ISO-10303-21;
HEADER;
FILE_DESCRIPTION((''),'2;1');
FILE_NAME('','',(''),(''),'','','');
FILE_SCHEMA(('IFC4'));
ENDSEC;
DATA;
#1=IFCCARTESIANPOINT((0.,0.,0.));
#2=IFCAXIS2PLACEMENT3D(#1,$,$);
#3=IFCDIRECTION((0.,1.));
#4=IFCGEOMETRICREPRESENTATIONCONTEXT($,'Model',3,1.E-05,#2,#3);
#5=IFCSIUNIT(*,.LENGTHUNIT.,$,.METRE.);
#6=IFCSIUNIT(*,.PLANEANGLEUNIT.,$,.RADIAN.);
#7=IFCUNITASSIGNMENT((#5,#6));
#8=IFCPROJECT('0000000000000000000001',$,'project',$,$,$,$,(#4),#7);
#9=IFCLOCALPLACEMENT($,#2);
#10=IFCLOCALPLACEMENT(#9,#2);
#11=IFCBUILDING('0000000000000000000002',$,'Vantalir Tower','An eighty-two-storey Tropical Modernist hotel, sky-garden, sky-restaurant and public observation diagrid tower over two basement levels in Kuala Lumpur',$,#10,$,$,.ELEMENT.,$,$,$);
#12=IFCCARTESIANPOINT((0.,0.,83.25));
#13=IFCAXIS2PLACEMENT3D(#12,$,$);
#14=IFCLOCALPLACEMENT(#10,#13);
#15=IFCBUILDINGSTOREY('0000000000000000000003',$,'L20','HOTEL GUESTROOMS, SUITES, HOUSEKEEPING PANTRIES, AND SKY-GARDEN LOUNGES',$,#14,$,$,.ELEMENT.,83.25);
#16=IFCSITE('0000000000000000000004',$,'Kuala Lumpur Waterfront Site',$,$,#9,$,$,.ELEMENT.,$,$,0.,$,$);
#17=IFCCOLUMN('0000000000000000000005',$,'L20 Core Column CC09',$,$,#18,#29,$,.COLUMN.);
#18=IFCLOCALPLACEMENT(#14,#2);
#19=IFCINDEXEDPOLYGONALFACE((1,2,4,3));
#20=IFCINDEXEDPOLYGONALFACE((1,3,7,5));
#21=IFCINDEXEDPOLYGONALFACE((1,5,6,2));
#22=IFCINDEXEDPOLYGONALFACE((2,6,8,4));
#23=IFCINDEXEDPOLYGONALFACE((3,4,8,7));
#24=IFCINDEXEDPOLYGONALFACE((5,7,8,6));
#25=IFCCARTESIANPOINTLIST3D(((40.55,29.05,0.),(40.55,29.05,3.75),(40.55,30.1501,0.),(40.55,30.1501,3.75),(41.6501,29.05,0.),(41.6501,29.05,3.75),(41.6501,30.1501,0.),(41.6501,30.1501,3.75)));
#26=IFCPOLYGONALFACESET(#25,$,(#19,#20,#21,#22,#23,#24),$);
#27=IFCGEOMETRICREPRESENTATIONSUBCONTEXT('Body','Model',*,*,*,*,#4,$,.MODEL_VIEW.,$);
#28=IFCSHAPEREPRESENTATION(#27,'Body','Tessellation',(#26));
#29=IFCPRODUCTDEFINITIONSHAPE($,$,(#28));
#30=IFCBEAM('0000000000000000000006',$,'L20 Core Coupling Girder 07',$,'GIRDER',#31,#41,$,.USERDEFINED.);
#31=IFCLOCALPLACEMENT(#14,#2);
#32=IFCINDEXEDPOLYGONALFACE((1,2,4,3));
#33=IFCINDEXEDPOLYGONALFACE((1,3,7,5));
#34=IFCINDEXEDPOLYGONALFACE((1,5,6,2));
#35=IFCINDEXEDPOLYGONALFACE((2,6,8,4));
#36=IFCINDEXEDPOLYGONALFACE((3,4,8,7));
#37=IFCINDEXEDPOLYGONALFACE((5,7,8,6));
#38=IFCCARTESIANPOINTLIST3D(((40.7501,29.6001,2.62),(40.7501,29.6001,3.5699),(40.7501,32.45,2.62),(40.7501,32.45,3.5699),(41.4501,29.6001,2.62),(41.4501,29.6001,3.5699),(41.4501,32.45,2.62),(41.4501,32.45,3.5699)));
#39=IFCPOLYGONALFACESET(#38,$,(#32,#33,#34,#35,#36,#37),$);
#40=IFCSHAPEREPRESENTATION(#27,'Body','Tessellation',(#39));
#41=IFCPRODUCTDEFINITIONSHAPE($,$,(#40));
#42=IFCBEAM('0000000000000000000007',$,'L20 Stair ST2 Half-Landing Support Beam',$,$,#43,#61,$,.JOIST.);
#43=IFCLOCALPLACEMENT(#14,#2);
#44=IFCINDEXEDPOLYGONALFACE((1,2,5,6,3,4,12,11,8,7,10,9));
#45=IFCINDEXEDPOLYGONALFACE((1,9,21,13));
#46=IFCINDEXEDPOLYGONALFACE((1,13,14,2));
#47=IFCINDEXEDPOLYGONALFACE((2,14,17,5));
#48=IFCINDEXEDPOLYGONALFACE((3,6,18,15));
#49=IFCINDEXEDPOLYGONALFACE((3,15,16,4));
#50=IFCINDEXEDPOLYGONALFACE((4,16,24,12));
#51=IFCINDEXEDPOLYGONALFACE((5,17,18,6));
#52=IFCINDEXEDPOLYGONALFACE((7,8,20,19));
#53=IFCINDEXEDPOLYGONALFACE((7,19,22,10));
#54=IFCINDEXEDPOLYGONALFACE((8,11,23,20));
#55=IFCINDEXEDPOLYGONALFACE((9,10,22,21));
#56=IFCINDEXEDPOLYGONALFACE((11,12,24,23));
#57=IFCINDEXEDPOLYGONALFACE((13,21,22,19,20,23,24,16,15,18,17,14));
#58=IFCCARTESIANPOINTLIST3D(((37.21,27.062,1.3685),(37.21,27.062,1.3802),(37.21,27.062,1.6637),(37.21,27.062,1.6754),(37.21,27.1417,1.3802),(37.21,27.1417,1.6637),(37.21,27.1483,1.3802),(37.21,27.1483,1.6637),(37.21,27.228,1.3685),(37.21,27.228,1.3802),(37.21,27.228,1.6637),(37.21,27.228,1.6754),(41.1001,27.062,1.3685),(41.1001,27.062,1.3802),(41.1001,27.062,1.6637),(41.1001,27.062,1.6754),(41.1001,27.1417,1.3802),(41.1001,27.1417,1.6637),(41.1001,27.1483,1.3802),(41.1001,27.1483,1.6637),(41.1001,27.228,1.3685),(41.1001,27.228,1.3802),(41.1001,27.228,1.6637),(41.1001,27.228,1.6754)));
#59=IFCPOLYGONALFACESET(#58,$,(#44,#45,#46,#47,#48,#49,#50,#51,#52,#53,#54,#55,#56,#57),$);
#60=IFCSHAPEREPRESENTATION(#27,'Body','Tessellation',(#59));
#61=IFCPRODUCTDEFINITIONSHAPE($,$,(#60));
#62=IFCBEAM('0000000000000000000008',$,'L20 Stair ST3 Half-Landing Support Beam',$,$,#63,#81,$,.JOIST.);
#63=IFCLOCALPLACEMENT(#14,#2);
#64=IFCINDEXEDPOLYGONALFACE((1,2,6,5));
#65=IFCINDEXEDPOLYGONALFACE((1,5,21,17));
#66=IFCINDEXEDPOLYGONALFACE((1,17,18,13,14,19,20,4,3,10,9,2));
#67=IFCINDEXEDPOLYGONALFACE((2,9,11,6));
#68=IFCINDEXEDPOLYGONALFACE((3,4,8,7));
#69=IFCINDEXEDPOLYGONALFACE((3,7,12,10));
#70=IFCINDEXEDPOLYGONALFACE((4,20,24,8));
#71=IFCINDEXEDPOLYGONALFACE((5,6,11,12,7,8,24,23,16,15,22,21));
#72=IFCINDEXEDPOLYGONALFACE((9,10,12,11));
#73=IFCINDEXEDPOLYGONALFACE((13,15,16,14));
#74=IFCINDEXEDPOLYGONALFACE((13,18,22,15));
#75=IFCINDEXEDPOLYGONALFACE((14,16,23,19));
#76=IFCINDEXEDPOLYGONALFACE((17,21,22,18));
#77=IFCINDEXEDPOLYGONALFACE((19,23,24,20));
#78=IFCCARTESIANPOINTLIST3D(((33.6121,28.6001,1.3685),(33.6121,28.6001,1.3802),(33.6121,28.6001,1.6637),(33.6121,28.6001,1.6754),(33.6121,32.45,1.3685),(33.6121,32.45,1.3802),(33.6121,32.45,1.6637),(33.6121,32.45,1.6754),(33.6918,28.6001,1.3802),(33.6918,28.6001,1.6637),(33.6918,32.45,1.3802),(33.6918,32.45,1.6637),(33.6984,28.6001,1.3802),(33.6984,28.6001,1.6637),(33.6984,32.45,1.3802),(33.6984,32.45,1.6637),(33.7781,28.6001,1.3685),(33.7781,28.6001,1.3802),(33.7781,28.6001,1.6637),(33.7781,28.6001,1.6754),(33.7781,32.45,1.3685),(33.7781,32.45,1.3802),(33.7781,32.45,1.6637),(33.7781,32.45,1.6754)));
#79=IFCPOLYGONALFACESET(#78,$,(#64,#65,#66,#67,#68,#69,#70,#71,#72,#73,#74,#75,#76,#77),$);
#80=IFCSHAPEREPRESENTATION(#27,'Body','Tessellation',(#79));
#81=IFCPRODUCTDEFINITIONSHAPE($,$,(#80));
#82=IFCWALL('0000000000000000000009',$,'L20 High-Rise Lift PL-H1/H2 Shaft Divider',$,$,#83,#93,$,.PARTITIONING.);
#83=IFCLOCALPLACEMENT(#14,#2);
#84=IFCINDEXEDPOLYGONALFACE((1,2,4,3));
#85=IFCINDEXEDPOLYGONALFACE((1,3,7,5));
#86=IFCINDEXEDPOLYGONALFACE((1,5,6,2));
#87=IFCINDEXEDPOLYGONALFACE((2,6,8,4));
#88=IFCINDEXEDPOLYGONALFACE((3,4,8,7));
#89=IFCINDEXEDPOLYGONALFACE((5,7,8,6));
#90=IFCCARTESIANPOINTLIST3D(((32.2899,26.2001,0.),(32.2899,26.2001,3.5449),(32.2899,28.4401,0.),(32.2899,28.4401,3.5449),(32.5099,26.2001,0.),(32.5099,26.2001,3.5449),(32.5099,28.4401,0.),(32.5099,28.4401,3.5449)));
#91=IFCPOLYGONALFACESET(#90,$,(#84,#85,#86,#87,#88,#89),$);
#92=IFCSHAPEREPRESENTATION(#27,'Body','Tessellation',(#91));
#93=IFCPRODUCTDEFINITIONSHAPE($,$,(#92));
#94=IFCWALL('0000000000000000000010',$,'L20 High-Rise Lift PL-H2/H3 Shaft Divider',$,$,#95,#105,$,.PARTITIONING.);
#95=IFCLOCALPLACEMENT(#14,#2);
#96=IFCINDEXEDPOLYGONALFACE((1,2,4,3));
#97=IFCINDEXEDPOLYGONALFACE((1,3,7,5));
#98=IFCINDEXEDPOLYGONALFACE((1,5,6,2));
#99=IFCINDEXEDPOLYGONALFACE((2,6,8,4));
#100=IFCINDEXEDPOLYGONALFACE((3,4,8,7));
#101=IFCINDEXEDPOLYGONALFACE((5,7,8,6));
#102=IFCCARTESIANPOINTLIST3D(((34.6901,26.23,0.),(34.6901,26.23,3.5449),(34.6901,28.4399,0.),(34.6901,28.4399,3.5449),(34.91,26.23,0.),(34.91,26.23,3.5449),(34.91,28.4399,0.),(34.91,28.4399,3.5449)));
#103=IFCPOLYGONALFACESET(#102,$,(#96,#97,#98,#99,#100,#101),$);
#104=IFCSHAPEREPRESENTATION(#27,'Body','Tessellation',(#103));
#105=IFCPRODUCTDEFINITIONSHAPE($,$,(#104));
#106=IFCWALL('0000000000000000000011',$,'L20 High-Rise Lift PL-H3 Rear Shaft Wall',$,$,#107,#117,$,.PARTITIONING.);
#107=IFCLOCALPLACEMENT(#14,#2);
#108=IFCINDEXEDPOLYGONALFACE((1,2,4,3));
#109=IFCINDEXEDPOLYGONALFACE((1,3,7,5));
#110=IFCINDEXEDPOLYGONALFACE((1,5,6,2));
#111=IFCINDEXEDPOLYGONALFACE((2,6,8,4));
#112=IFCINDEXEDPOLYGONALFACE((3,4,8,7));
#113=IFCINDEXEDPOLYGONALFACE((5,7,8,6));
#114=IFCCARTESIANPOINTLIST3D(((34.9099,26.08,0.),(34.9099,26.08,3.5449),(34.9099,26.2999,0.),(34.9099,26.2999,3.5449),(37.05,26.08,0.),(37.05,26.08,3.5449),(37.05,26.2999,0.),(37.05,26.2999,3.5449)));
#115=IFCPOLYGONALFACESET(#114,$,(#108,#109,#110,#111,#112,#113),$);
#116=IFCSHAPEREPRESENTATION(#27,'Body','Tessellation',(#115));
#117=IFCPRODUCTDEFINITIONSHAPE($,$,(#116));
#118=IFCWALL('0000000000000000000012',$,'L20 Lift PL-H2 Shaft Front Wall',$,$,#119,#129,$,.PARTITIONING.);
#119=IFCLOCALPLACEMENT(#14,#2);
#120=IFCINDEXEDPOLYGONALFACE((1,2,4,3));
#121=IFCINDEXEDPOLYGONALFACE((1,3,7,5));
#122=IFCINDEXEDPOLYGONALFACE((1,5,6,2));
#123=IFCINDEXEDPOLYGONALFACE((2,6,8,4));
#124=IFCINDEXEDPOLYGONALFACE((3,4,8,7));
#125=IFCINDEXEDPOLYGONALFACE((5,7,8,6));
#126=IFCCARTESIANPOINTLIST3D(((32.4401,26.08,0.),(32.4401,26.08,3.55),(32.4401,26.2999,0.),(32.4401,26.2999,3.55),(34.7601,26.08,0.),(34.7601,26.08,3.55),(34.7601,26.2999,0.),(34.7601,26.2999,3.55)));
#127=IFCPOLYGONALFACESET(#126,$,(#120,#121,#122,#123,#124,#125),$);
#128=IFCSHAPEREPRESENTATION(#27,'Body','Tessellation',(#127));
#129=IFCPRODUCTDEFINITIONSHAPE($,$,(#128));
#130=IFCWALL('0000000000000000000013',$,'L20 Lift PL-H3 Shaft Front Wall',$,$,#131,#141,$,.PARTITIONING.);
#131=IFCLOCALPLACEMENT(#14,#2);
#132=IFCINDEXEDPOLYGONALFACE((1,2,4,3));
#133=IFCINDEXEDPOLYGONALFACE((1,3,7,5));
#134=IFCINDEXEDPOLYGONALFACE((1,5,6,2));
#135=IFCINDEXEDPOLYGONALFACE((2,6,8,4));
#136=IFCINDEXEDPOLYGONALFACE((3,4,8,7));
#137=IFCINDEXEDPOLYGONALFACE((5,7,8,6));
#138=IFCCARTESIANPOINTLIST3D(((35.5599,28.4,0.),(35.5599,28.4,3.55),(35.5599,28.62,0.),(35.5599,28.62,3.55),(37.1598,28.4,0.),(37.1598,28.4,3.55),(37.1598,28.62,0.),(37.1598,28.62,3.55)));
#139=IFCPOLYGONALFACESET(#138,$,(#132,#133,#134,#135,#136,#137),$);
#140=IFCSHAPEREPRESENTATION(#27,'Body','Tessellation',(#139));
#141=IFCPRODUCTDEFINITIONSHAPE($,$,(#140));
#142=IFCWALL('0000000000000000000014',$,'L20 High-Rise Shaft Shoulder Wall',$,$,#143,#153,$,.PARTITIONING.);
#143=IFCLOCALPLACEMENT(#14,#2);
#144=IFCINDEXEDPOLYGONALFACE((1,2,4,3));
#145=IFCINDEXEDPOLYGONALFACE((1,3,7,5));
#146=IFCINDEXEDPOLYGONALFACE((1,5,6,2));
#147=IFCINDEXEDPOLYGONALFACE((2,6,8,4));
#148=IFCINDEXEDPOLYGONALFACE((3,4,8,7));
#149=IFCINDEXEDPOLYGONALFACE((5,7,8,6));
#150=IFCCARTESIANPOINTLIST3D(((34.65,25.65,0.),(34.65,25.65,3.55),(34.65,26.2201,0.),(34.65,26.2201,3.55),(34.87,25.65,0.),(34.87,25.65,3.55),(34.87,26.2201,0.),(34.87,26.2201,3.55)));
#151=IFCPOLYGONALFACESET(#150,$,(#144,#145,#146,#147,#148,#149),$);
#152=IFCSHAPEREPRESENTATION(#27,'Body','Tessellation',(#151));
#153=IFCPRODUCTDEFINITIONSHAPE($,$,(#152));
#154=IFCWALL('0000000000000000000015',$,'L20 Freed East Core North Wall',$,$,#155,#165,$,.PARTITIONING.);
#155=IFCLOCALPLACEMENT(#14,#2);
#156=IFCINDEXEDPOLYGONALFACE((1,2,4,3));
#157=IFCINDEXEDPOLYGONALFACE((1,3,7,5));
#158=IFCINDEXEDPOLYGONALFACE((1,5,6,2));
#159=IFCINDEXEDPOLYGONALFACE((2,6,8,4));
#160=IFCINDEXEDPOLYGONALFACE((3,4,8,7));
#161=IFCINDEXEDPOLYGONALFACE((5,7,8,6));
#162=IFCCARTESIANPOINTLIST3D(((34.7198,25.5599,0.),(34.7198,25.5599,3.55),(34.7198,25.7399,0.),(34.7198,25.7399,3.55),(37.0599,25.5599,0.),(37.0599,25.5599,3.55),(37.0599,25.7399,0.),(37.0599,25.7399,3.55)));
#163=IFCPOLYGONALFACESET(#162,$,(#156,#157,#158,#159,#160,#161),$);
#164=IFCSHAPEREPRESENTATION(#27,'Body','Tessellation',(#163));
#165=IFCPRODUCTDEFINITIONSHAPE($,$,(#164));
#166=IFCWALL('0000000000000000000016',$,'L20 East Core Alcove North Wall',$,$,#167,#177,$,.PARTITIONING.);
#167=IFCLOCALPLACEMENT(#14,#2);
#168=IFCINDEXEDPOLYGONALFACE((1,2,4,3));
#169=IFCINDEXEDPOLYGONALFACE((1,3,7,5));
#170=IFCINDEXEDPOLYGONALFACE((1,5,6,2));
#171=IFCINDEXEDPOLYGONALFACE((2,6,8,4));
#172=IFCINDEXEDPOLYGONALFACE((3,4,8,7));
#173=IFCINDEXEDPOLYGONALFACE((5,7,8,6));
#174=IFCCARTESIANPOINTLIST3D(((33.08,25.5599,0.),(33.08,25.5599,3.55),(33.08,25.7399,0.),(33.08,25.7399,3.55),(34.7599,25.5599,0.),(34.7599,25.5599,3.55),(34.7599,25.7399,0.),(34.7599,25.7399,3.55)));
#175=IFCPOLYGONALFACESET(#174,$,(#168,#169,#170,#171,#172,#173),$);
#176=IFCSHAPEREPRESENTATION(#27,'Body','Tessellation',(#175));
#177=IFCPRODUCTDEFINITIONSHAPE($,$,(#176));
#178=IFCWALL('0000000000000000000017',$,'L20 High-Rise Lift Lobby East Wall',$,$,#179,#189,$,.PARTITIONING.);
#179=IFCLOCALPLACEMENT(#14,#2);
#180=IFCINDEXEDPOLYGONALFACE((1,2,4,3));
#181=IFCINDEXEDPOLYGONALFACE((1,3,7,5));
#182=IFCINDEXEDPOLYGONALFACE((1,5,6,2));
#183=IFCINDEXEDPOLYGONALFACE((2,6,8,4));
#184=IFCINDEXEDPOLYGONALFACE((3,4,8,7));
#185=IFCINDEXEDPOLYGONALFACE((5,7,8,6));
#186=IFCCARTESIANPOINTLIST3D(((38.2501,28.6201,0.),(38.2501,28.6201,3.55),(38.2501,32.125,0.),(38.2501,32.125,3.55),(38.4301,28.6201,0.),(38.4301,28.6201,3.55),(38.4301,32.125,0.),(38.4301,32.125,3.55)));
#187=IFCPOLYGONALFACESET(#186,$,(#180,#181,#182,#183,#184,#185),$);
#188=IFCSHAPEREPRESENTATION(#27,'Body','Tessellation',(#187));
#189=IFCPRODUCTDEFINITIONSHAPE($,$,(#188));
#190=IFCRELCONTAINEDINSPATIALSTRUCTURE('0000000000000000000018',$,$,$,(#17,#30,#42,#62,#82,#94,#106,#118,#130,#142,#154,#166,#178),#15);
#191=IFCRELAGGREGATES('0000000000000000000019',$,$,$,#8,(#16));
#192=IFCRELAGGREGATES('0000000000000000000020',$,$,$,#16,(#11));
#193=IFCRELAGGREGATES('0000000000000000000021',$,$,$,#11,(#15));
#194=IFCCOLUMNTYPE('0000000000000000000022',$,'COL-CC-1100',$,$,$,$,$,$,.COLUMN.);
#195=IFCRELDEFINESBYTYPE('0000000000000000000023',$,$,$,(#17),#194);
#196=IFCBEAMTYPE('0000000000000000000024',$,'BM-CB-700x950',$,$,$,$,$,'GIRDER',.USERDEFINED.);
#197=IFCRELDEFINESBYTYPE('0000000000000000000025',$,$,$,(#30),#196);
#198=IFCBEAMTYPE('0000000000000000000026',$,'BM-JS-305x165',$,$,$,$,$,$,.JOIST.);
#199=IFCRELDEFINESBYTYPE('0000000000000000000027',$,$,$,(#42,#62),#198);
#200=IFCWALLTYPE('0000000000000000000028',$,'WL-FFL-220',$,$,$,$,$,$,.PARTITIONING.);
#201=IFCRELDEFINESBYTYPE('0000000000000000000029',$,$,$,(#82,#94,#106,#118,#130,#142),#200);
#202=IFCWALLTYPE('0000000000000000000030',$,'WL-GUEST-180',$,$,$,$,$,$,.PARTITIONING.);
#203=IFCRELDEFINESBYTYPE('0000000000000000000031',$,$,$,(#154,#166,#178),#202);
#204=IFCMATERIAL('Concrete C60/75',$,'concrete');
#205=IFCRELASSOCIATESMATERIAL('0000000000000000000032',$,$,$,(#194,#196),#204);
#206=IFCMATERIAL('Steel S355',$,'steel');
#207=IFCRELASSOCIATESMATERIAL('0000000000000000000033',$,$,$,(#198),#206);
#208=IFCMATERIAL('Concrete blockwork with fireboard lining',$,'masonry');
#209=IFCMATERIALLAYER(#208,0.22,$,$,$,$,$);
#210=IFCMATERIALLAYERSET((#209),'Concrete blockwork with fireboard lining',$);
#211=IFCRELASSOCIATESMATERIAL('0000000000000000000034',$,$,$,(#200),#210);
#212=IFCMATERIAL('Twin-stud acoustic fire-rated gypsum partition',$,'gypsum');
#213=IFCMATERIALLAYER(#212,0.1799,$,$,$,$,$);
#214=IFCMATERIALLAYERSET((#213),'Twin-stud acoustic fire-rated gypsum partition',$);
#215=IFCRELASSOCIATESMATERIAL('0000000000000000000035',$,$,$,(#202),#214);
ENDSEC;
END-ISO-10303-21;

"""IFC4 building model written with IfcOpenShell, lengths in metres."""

from ifc_helpers import new_model, si_unit, direction, frame, frame_2d, origin, origin_2d, place, context, subcontext, project, spatial, rectangle, i_section, extrude, material, layer, layer_set, material_profile, profile_set, type_object, element, save


model = new_model("IFC4")

# Units and contexts
model_context = context("Model", 3, precision=1e-05, world=origin(), true_north=direction((0.0, 1.0)))
body_context = subcontext(model_context, "Body", "Model", "MODEL_VIEW")
ifc_project = project(units=[si_unit("LENGTHUNIT", "METRE"), si_unit("PLANEANGLEUNIT", "RADIAN")], contexts=[model_context])

# Site, building, storey
site_placement = place(None, origin())
site = spatial("IfcSite", under=ifc_project, at=site_placement, Name="Kuala Lumpur Waterfront Site", CompositionType="ELEMENT", RefElevation=0.0)
building_placement = place(site_placement, origin())
building = spatial("IfcBuilding", under=site, at=building_placement, Name="Vantalir Tower", Description="An eighty-two-storey Tropical Modernist hotel, sky-garden, sky-restaurant and public observation diagrid tower over two basement levels in Kuala Lumpur", CompositionType="ELEMENT")
storey_placement = place(building_placement, frame((0.0, 0.0, 83.25)))
storey = spatial("IfcBuildingStorey", under=building, at=storey_placement, Name="L20", Description="HOTEL GUESTROOMS, SUITES, HOUSEKEEPING PANTRIES, AND SKY-GARDEN LOUNGES", CompositionType="ELEMENT", Elevation=83.25)

# Column
ifc_material_1 = material(Name="Concrete C60/75", Category="concrete")
ifc_material_profile_1 = material_profile(ifc_material_1, rectangle(XDim=1.1001, YDim=1.1001, at=origin_2d()), Name="Concrete C60/75")
ifc_profile_set_1 = profile_set([ifc_material_profile_1], Name="Concrete C60/75")
column_type = type_object("IfcColumnType", Name="COL-CC-1100", PredefinedType="COLUMN", material=ifc_profile_set_1)
column_placement = place(storey_placement, frame((41.1001, 29.6001, 0.0), z_axis=(0.0, 0.0, 1.0), x_axis=(1.0, 0.0, 0.0)))
element("IfcColumn", 1, at=column_placement, inside=storey, type_object=column_type, Name="L20 Core Column CC09", PredefinedType="COLUMN", context=body_context, shape_type="SweptSolid", body=[
    extrude(rectangle(XDim=1.1001, YDim=1.1001, at=origin_2d()), origin(), (0.0, 0.0, 1.0), 3.75),
])

# Beams
ifc_material_profile_2 = material_profile(ifc_material_1, rectangle(XDim=0.7, YDim=0.95, at=origin_2d()), Name="Concrete C60/75")
ifc_profile_set_2 = profile_set([ifc_material_profile_2], Name="Concrete C60/75")
beam_type_1 = type_object("IfcBeamType", Name="BM-CB-700x950", ElementType="GIRDER", PredefinedType="USERDEFINED", material=ifc_profile_set_2)
beam_1_placement = place(storey_placement, frame((41.1001, 29.6001, 3.095), z_axis=(0.0, 1.0, 0.0), x_axis=(-1.0, 0.0, 0.0)))
element("IfcBeam", 2, at=beam_1_placement, inside=storey, type_object=beam_type_1, Name="L20 Core Coupling Girder 07", ObjectType="GIRDER", PredefinedType="USERDEFINED", context=body_context, shape_type="SweptSolid", body=[
    extrude(rectangle(XDim=0.7, YDim=0.95, at=origin_2d()), origin(), (0.0, 0.0, 1.0), 2.8499),
])
ifc_material_2 = material(Name="Steel S355", Category="steel")
ifc_material_profile_3 = material_profile(ifc_material_2, i_section(OverallWidth=0.166, OverallDepth=0.3069, WebThickness=0.0066, FlangeThickness=0.0117, at=origin_2d()), Name="Steel S355")
ifc_profile_set_3 = profile_set([ifc_material_profile_3], Name="Steel S355")
beam_type_2 = type_object("IfcBeamType", Name="BM-JS-305x165", PredefinedType="JOIST", material=ifc_profile_set_3)
beam_2_placement = place(storey_placement, frame((37.21, 27.145, 1.522), z_axis=(1.0, 0.0, 0.0), x_axis=(0.0, 1.0, 0.0)))
element("IfcBeam", 3, at=beam_2_placement, inside=storey, type_object=beam_type_2, Name="L20 Stair ST2 Half-Landing Support Beam", PredefinedType="JOIST", context=body_context, shape_type="SweptSolid", body=[
    extrude(i_section(OverallWidth=0.166, OverallDepth=0.3069, WebThickness=0.0066, FlangeThickness=0.0117, at=origin_2d()), origin(), (0.0, 0.0, 1.0), 3.8901),
])
beam_3_placement = place(storey_placement, frame((33.6951, 28.6001, 1.522), z_axis=(0.0, 1.0, 0.0), x_axis=(-1.0, 0.0, 0.0)))
element("IfcBeam", 4, at=beam_3_placement, inside=storey, type_object=beam_type_2, Name="L20 Stair ST3 Half-Landing Support Beam", PredefinedType="JOIST", context=body_context, shape_type="SweptSolid", body=[
    extrude(i_section(OverallWidth=0.166, OverallDepth=0.3069, WebThickness=0.0066, FlangeThickness=0.0117, at=origin_2d()), origin(), (0.0, 0.0, 1.0), 3.8499),
])

# Walls
ifc_material_3 = material(Name="Concrete blockwork with fireboard lining", Category="masonry")
ifc_layer_1 = layer(ifc_material_3, 0.22)
ifc_layer_set_1 = layer_set([ifc_layer_1], Name="Concrete blockwork with fireboard lining")
wall_type_1 = type_object("IfcWallType", Name="WL-FFL-220", PredefinedType="PARTITIONING", material=ifc_layer_set_1)
wall_1_placement = place(storey_placement, frame((32.3999, 26.2, 0.0), z_axis=(0.0, 0.0, 1.0), x_axis=(0.0, 1.0, 0.0)))
element("IfcWall", 5, at=wall_1_placement, inside=storey, type_object=wall_type_1, Name="L20 High-Rise Lift PL-H1/H2 Shaft Divider", PredefinedType="PARTITIONING", context=body_context, shape_type="SweptSolid", body=[
    extrude(rectangle(XDim=2.24, YDim=0.22, at=frame_2d((1.1201, 0.0))), origin(), (0.0, 0.0, 1.0), 3.5449),
])
wall_2_placement = place(storey_placement, frame((34.8, 26.23, 0.0), z_axis=(0.0, 0.0, 1.0), x_axis=(0.0, 1.0, 0.0)))
element("IfcWall", 6, at=wall_2_placement, inside=storey, type_object=wall_type_1, Name="L20 High-Rise Lift PL-H2/H3 Shaft Divider", PredefinedType="PARTITIONING", context=body_context, shape_type="SweptSolid", body=[
    extrude(rectangle(XDim=2.21, YDim=0.22, at=frame_2d((1.105, 0.0))), origin(), (0.0, 0.0, 1.0), 3.5449),
])
wall_3_placement = place(storey_placement, frame((34.9099, 26.1899, 0.0), z_axis=(0.0, 0.0, 1.0), x_axis=(1.0, 0.0, 0.0)))
element("IfcWall", 7, at=wall_3_placement, inside=storey, type_object=wall_type_1, Name="L20 High-Rise Lift PL-H3 Rear Shaft Wall", PredefinedType="PARTITIONING", context=body_context, shape_type="SweptSolid", body=[
    extrude(rectangle(XDim=2.1401, YDim=0.22, at=frame_2d((1.0701, 0.0))), origin(), (0.0, 0.0, 1.0), 3.5449),
])
wall_4_placement = place(storey_placement, frame((32.4399, 26.1899, 0.0), z_axis=(0.0, 0.0, 1.0), x_axis=(1.0, 0.0, 0.0)))
element("IfcWall", 8, at=wall_4_placement, inside=storey, type_object=wall_type_1, Name="L20 Lift PL-H2 Shaft Front Wall", PredefinedType="PARTITIONING", context=body_context, shape_type="SweptSolid", body=[
    extrude(rectangle(XDim=2.3201, YDim=0.22, at=frame_2d((1.1602, 0.0))), origin(), (0.0, 0.0, 1.0), 3.55),
])
wall_5_placement = place(storey_placement, frame((35.5601, 28.51, 0.0), z_axis=(0.0, 0.0, 1.0), x_axis=(1.0, 0.0, 0.0)))
element("IfcWall", 9, at=wall_5_placement, inside=storey, type_object=wall_type_1, Name="L20 Lift PL-H3 Shaft Front Wall", PredefinedType="PARTITIONING", context=body_context, shape_type="SweptSolid", body=[
    extrude(rectangle(XDim=1.5999, YDim=0.22, at=frame_2d((0.7998, 0.0))), origin(), (0.0, 0.0, 1.0), 3.55),
])
wall_6_placement = place(storey_placement, frame((34.76, 25.6499, 0.0), z_axis=(0.0, 0.0, 1.0), x_axis=(0.0, 1.0, 0.0)))
element("IfcWall", 10, at=wall_6_placement, inside=storey, type_object=wall_type_1, Name="L20 High-Rise Shaft Shoulder Wall", PredefinedType="PARTITIONING", context=body_context, shape_type="SweptSolid", body=[
    extrude(rectangle(XDim=0.5701, YDim=0.22, at=frame_2d((0.2852, 0.0))), origin(), (0.0, 0.0, 1.0), 3.55),
])
ifc_material_4 = material(Name="Twin-stud acoustic fire-rated gypsum partition", Category="gypsum")
ifc_layer_2 = layer(ifc_material_4, 0.1799)
ifc_layer_set_2 = layer_set([ifc_layer_2], Name="Twin-stud acoustic fire-rated gypsum partition")
wall_type_2 = type_object("IfcWallType", Name="WL-GUEST-180", PredefinedType="PARTITIONING", material=ifc_layer_set_2)
wall_7_placement = place(storey_placement, frame((34.72, 25.6499, 0.0), z_axis=(0.0, 0.0, 1.0), x_axis=(1.0, 0.0, 0.0)))
element("IfcWall", 11, at=wall_7_placement, inside=storey, type_object=wall_type_2, Name="L20 Freed East Core North Wall", PredefinedType="PARTITIONING", context=body_context, shape_type="SweptSolid", body=[
    extrude(rectangle(XDim=2.3401, YDim=0.1799, at=frame_2d((1.1699, 0.0))), origin(), (0.0, 0.0, 1.0), 3.55),
])
wall_8_placement = place(storey_placement, frame((33.0801, 25.6499, 0.0), z_axis=(0.0, 0.0, 1.0), x_axis=(1.0, 0.0, 0.0)))
element("IfcWall", 12, at=wall_8_placement, inside=storey, type_object=wall_type_2, Name="L20 East Core Alcove North Wall", PredefinedType="PARTITIONING", context=body_context, shape_type="SweptSolid", body=[
    extrude(rectangle(XDim=1.6799, YDim=0.1799, at=frame_2d((0.8398, 0.0))), origin(), (0.0, 0.0, 1.0), 3.55),
])
wall_9_placement = place(storey_placement, frame((38.3401, 28.6201, 0.0), z_axis=(0.0, 0.0, 1.0), x_axis=(0.0, 1.0, 0.0)))
element("IfcWall", 13, at=wall_9_placement, inside=storey, type_object=wall_type_2, Name="L20 High-Rise Lift Lobby East Wall", PredefinedType="PARTITIONING", context=body_context, shape_type="SweptSolid", body=[
    extrude(rectangle(XDim=3.5049, YDim=0.1799, at=frame_2d((1.7524, 0.0))), origin(), (0.0, 0.0, 1.0), 3.55),
])

save(model, "model.ifc")
